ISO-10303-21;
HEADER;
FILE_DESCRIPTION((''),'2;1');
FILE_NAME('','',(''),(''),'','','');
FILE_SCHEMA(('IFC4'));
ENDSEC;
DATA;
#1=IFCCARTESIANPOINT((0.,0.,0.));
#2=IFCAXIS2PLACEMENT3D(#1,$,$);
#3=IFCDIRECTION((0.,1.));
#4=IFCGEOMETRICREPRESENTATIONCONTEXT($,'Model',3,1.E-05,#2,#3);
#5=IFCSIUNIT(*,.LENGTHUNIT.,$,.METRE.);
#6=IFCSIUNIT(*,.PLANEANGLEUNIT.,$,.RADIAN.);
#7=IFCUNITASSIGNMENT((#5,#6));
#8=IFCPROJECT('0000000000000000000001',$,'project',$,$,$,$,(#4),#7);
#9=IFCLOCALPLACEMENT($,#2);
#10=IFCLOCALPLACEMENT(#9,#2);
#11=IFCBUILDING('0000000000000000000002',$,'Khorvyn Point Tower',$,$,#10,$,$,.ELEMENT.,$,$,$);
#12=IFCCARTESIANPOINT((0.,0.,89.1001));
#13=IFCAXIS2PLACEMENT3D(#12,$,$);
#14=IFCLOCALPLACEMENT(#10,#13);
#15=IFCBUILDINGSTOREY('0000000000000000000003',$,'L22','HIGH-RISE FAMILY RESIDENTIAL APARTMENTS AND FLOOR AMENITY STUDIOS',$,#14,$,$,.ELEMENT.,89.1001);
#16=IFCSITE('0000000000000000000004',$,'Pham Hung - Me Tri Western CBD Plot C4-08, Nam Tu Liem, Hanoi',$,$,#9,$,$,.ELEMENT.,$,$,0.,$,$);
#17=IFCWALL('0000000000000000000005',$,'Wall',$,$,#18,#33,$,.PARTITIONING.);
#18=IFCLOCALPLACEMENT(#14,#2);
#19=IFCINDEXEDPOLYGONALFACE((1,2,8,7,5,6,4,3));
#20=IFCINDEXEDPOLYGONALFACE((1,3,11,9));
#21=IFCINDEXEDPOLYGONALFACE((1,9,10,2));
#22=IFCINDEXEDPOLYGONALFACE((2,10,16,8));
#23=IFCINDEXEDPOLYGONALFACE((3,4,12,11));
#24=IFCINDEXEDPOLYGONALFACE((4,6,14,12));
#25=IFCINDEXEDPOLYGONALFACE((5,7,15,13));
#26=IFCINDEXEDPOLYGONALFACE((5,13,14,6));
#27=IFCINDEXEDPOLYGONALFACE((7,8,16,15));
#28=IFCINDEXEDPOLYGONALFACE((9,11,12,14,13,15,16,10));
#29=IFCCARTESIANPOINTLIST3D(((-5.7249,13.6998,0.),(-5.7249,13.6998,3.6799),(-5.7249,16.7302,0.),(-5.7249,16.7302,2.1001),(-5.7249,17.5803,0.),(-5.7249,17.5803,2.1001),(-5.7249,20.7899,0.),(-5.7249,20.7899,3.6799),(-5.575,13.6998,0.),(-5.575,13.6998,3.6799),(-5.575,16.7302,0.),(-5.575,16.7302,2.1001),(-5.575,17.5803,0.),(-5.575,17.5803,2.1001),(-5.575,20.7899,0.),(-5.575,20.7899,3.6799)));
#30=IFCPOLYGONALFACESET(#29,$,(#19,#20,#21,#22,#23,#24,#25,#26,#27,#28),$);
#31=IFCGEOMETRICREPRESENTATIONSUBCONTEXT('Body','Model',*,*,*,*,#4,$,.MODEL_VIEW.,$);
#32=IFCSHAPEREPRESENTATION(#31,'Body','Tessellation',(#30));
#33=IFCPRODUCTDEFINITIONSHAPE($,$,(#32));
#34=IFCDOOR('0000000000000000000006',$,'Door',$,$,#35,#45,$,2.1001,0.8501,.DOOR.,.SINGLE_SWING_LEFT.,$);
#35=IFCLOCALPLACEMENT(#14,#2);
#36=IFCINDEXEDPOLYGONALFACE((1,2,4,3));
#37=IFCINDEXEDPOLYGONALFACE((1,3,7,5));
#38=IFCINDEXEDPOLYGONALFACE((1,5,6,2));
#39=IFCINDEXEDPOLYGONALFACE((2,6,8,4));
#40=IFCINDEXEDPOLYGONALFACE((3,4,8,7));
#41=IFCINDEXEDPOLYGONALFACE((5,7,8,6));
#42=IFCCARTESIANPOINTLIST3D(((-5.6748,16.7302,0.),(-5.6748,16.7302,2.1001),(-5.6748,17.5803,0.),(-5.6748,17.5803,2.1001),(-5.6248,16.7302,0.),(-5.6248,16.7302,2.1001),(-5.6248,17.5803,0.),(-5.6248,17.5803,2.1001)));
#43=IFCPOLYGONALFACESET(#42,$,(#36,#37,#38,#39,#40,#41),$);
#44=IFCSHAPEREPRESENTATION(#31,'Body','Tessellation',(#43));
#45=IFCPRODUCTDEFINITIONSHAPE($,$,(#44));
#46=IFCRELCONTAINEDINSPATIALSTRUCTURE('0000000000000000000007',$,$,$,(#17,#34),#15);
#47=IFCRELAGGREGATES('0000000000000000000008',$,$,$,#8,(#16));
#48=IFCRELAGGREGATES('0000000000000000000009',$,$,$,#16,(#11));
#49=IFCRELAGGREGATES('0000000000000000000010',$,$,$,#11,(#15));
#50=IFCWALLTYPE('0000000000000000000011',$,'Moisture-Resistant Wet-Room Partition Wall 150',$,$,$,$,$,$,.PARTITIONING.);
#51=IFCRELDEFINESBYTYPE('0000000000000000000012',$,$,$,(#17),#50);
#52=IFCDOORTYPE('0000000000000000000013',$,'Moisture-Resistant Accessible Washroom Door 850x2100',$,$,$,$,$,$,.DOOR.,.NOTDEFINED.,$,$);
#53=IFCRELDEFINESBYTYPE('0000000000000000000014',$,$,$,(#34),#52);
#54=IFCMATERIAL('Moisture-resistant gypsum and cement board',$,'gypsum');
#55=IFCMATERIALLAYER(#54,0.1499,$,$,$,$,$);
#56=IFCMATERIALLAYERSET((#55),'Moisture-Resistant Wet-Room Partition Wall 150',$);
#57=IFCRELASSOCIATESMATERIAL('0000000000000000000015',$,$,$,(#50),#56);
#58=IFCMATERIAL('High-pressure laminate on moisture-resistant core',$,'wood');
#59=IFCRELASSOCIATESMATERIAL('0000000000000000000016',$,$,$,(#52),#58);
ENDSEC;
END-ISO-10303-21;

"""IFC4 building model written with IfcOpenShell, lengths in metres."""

from ifc_helpers import new_model, si_unit, direction, frame, frame_2d, origin, place, context, subcontext, project, spatial, rectangle, extrude, material, layer, layer_set, type_object, element, fill, save


model = new_model("IFC4")

# Units and contexts
model_context = context("Model", 3, precision=1e-05, world=origin(), true_north=direction((0.0, 1.0)))
body_context = subcontext(model_context, "Body", "Model", "MODEL_VIEW")
ifc_project = project(units=[si_unit("LENGTHUNIT", "METRE"), si_unit("PLANEANGLEUNIT", "RADIAN")], contexts=[model_context])

# Site, building, storey
site_placement = place(None, origin())
site = spatial("IfcSite", under=ifc_project, at=site_placement, Name="Pham Hung - Me Tri Western CBD Plot C4-08, Nam Tu Liem, Hanoi", CompositionType="ELEMENT", RefElevation=0.0)
building_placement = place(site_placement, origin())
building = spatial("IfcBuilding", under=site, at=building_placement, Name="Khorvyn Point Tower", CompositionType="ELEMENT")
storey_placement = place(building_placement, frame((0.0, 0.0, 89.1001)))
storey = spatial("IfcBuildingStorey", under=building, at=storey_placement, Name="L22", Description="HIGH-RISE FAMILY RESIDENTIAL APARTMENTS AND FLOOR AMENITY STUDIOS", CompositionType="ELEMENT", Elevation=89.1001)

# Wall, opening, door
ifc_material_1 = material(Name="Moisture-resistant gypsum and cement board", Category="gypsum")
ifc_layer_1 = layer(ifc_material_1, 0.1499)
ifc_layer_set_1 = layer_set([ifc_layer_1], Name="Moisture-Resistant Wet-Room Partition Wall 150")
wall_type_1 = type_object("IfcWallType", Name="Moisture-Resistant Wet-Room Partition Wall 150", PredefinedType="PARTITIONING", material=ifc_layer_set_1)
wall_1_placement = place(storey_placement, frame((-5.6499, 13.7, 0.0), z_axis=(0.0, 0.0, 1.0), x_axis=(0.0, 1.0, 0.0)))
wall_1 = element("IfcWall", 1, at=wall_1_placement, inside=storey, type_object=wall_type_1, Name="Wall", PredefinedType="PARTITIONING", context=body_context, shape_type="SweptSolid", body=[
    extrude(rectangle(XDim=7.0901, YDim=0.1499, at=frame_2d((3.5449, 0.0))), origin(), (0.0, 0.0, 1.0), 3.6799),
])
opening_1_placement = place(wall_1_placement, frame((3.0303, 0.0, 0.0)))
opening_1 = element("IfcOpeningElement", 2, at=opening_1_placement, cuts=wall_1, PredefinedType="OPENING", context=body_context, shape_type="SweptSolid", body=[
    extrude(rectangle(XDim=0.8501, YDim=2.1001, at=frame_2d((0.425, 1.05))), frame((0.0, 0.085, 0.0), z_axis=(0.0, -1.0, 0.0), x_axis=(1.0, 0.0, 0.0)), (0.0, 0.0, 1.0), 0.1699),
])
ifc_material_2 = material(Name="High-pressure laminate on moisture-resistant core", Category="wood")
door_type_1 = type_object("IfcDoorType", Name="Moisture-Resistant Accessible Washroom Door 850x2100", OperationType="NOTDEFINED", PredefinedType="DOOR", material=ifc_material_2)
door_1_placement = place(opening_1_placement, origin())
door_1 = element("IfcDoor", 3, at=door_1_placement, inside=storey, type_object=door_type_1, Name="Door", OperationType="SINGLE_SWING_LEFT", OverallHeight=2.1001, OverallWidth=0.8501, PredefinedType="DOOR", context=body_context, shape_type="SweptSolid", body=[
    extrude(rectangle(XDim=0.8501, YDim=2.1001, at=frame_2d((0.425, 1.05))), frame((0.0, 0.0249, 0.0), z_axis=(0.0, -1.0, 0.0), x_axis=(1.0, 0.0, 0.0)), (0.0, 0.0, 1.0), 0.05),
])
fill(opening_1, door_1)

save(model, "model.ifc")
